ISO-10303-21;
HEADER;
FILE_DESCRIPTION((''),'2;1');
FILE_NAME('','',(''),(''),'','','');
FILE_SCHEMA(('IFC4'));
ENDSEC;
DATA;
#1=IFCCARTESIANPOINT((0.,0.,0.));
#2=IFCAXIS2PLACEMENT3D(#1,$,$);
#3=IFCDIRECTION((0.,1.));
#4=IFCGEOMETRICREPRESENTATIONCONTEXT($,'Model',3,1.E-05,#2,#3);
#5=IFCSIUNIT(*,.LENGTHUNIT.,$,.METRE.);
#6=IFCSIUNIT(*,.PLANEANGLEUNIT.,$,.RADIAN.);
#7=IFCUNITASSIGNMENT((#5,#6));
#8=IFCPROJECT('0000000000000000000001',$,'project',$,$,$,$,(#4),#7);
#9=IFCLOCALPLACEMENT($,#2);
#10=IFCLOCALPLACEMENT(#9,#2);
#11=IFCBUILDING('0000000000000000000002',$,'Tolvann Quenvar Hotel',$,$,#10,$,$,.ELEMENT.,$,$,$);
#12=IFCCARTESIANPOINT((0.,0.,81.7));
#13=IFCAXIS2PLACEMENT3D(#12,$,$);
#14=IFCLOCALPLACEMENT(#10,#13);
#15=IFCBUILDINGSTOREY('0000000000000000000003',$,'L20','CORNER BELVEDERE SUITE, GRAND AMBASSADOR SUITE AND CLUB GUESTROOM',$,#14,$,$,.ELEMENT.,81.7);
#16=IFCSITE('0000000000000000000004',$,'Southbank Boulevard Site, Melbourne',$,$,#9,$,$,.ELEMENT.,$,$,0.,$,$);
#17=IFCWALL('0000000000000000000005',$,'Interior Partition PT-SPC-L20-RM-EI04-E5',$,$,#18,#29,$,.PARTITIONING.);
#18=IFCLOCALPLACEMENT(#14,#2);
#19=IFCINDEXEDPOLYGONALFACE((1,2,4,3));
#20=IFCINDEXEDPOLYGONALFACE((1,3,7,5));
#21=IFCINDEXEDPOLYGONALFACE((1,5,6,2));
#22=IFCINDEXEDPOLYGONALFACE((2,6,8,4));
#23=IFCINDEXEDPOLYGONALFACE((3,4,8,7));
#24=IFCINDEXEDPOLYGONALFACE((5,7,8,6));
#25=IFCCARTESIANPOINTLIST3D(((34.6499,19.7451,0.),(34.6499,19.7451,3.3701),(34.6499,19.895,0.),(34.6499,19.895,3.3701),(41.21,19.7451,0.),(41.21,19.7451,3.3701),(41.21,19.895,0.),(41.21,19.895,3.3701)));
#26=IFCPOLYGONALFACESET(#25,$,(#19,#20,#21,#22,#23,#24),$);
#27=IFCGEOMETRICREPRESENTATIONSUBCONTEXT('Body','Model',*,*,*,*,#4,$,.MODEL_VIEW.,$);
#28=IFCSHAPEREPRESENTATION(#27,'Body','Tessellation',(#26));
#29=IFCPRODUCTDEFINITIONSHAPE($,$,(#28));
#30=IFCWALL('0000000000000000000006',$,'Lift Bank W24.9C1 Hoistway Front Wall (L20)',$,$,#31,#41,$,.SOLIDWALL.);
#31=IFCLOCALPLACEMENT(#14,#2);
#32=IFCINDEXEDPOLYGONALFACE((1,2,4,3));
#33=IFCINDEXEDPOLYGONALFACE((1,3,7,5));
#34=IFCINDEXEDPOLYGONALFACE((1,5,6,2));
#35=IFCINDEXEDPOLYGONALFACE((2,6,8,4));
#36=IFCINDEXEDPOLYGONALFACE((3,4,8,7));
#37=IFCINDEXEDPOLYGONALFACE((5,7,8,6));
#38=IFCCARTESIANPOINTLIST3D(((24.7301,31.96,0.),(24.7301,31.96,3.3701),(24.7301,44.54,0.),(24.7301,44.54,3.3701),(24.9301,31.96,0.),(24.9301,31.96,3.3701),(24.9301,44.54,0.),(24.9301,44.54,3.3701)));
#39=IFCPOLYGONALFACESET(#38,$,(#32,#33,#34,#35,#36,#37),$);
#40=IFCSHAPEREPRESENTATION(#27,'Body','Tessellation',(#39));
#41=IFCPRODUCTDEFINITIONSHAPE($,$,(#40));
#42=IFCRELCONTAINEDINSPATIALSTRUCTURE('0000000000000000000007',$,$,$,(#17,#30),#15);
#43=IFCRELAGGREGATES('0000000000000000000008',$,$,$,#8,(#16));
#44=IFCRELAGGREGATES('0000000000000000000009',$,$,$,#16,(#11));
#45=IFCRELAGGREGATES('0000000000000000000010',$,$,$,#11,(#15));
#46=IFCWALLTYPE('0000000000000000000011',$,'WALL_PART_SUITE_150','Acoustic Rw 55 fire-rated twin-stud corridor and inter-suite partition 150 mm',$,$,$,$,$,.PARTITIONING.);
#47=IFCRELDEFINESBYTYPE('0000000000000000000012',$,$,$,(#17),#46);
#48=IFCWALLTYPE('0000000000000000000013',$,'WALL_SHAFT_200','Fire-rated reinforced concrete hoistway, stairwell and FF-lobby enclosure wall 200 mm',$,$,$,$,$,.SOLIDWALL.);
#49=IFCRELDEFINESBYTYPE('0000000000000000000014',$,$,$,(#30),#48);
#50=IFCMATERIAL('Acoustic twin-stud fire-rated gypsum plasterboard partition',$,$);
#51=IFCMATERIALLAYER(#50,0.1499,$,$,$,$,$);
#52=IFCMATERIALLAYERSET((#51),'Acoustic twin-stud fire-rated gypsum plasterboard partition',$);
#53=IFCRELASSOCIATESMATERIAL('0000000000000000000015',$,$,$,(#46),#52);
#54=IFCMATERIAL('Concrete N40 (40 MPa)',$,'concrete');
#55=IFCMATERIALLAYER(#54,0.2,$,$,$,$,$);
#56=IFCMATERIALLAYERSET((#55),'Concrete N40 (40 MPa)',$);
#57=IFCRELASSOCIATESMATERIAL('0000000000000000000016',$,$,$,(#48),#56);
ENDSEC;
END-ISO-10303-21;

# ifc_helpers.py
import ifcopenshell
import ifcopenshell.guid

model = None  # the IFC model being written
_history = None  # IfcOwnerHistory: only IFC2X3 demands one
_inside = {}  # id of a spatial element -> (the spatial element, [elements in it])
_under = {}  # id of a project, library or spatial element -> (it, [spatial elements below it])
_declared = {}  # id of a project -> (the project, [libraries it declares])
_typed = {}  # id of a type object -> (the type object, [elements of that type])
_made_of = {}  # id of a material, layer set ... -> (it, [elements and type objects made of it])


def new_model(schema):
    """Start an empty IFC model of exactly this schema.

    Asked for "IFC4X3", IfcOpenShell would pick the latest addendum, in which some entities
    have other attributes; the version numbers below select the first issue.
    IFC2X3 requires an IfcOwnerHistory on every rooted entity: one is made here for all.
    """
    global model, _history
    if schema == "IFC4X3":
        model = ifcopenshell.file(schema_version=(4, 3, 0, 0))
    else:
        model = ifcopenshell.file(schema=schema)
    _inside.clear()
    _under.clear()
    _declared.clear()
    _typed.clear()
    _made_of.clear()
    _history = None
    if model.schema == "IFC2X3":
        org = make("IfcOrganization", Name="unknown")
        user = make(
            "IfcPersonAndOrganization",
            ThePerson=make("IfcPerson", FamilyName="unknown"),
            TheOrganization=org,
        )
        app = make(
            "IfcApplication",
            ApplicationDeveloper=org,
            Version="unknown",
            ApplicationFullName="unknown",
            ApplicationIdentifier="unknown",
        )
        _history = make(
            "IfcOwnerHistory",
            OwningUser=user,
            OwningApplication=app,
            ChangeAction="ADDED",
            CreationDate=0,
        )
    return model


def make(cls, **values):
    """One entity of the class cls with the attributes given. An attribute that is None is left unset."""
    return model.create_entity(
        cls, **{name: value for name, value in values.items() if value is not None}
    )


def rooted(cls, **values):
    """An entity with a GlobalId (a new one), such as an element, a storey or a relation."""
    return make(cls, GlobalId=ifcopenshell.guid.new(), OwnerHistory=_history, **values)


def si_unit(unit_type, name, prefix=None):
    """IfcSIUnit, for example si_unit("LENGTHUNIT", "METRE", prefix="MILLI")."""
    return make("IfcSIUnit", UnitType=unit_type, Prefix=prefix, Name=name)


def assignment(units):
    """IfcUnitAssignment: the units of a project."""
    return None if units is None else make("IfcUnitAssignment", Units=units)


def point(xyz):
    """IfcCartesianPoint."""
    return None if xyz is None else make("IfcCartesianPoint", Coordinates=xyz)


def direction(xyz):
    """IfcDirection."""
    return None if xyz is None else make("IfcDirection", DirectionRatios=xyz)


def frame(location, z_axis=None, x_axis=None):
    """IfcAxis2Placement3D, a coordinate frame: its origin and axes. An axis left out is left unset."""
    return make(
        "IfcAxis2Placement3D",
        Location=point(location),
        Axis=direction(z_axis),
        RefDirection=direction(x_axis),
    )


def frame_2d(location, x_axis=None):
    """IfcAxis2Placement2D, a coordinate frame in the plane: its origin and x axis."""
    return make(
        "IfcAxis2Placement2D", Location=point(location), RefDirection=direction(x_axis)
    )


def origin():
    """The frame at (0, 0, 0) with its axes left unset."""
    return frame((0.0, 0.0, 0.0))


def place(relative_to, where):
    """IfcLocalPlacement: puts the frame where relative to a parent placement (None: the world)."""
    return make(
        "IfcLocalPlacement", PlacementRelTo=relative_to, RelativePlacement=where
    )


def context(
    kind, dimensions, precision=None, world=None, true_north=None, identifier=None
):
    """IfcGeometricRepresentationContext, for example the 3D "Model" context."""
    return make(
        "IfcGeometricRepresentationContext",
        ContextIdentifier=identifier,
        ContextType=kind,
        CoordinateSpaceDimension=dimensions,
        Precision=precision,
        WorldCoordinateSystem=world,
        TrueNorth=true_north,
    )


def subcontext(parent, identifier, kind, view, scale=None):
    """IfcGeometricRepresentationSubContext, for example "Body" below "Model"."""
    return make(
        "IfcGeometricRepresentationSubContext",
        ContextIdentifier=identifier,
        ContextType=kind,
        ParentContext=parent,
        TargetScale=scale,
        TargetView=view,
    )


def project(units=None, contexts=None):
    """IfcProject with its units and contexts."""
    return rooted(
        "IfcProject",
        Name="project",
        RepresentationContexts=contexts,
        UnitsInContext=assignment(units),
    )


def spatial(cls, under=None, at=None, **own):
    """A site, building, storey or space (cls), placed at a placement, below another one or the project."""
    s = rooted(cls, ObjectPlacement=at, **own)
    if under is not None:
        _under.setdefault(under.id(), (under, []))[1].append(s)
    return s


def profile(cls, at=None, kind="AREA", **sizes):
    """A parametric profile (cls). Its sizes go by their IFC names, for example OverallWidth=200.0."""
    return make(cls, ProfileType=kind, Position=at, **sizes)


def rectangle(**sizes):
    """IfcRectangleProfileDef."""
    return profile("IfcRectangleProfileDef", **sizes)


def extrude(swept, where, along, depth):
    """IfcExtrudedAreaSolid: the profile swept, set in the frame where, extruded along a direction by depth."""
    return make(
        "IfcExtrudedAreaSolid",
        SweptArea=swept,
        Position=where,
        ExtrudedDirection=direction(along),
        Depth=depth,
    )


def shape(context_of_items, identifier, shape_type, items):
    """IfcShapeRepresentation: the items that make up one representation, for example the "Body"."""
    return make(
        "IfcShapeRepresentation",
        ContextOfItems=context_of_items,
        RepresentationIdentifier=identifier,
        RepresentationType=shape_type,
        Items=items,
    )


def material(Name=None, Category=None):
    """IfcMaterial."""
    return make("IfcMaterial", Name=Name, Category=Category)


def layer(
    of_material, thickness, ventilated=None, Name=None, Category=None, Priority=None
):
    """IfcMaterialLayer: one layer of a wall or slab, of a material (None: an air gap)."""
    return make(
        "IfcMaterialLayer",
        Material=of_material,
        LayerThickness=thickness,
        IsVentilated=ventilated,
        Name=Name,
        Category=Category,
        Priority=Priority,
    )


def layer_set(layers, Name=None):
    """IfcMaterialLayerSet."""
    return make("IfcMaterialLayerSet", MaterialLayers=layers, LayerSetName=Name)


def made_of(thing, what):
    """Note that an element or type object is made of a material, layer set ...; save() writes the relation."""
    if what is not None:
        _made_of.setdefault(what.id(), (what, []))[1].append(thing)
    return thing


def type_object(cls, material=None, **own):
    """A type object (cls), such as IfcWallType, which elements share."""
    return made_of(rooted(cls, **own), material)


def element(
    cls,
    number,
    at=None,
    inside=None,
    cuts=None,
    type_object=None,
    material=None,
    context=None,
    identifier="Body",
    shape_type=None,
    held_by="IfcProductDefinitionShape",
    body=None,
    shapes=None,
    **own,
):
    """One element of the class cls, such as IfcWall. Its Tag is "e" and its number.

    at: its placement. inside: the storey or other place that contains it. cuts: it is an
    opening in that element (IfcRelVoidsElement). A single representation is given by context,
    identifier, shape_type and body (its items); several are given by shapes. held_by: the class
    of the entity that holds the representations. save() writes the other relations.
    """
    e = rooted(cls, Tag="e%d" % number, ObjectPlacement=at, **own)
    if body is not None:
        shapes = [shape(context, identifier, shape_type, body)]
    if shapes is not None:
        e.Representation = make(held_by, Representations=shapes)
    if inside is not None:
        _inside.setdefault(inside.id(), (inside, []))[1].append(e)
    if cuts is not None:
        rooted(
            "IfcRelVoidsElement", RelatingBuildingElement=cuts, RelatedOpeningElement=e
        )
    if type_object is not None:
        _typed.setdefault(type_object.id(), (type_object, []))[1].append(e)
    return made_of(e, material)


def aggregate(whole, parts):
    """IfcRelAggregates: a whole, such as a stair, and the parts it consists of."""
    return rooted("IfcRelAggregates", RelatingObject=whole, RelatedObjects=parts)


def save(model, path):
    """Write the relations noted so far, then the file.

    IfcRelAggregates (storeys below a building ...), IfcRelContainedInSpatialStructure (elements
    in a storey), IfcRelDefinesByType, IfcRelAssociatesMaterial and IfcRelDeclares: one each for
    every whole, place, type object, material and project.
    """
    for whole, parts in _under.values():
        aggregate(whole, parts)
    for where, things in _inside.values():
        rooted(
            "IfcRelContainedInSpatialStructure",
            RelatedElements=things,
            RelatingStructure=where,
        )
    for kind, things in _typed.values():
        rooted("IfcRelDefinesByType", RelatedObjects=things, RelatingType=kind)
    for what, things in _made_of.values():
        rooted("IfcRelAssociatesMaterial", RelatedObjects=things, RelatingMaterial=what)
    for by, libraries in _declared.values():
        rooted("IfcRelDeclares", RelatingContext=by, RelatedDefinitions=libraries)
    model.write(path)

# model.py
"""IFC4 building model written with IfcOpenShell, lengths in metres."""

from ifc_helpers import new_model, si_unit, direction, frame, frame_2d, origin, place, context, subcontext, project, spatial, rectangle, extrude, material, layer, layer_set, type_object, element, save


model = new_model("IFC4")

# Units and contexts
model_context = context("Model", 3, precision=1e-05, world=origin(), true_north=direction((0.0, 1.0)))
body_context = subcontext(model_context, "Body", "Model", "MODEL_VIEW")
ifc_project = project(units=[si_unit("LENGTHUNIT", "METRE"), si_unit("PLANEANGLEUNIT", "RADIAN")], contexts=[model_context])

# Site, building, storey
site_placement = place(None, origin())
site = spatial("IfcSite", under=ifc_project, at=site_placement, Name="Southbank Boulevard Site, Melbourne", CompositionType="ELEMENT", RefElevation=0.0)
building_placement = place(site_placement, origin())
building = spatial("IfcBuilding", under=site, at=building_placement, Name="Tolvann Quenvar Hotel", CompositionType="ELEMENT")
storey_placement = place(building_placement, frame((0.0, 0.0, 81.7)))
storey = spatial("IfcBuildingStorey", under=building, at=storey_placement, Name="L20", Description="CORNER BELVEDERE SUITE, GRAND AMBASSADOR SUITE AND CLUB GUESTROOM", CompositionType="ELEMENT", Elevation=81.7)

# Shared definitions
ifc_material_1 = material(Name="Acoustic twin-stud fire-rated gypsum plasterboard partition")

# Walls
ifc_layer_1 = layer(ifc_material_1, 0.1499)
ifc_layer_set_1 = layer_set([ifc_layer_1], Name="Acoustic twin-stud fire-rated gypsum plasterboard partition")
wall_type_1 = type_object("IfcWallType", Name="WALL_PART_SUITE_150", Description="Acoustic Rw 55 fire-rated twin-stud corridor and inter-suite partition 150 mm", PredefinedType="PARTITIONING", material=ifc_layer_set_1)
wall_1_placement = place(storey_placement, frame((34.6499, 19.8201, 0.0), z_axis=(0.0, 0.0, 1.0), x_axis=(1.0, 0.0, 0.0)))
element("IfcWall", 1, at=wall_1_placement, inside=storey, type_object=wall_type_1, Name="Interior Partition PT-SPC-L20-RM-EI04-E5", PredefinedType="PARTITIONING", context=body_context, shape_type="SweptSolid", body=[
    extrude(rectangle(XDim=6.5601, YDim=0.1499, at=frame_2d((3.28, 0.0))), origin(), (0.0, 0.0, 1.0), 3.3701),
])
ifc_material_2 = material(Name="Concrete N40 (40 MPa)", Category="concrete")
ifc_layer_2 = layer(ifc_material_2, 0.2)
ifc_layer_set_2 = layer_set([ifc_layer_2], Name="Concrete N40 (40 MPa)")
wall_type_2 = type_object("IfcWallType", Name="WALL_SHAFT_200", Description="Fire-rated reinforced concrete hoistway, stairwell and FF-lobby enclosure wall 200 mm", PredefinedType="SOLIDWALL", material=ifc_layer_set_2)
wall_2_placement = place(storey_placement, frame((24.8301, 31.96, 0.0), z_axis=(0.0, 0.0, 1.0), x_axis=(0.0, 1.0, 0.0)))
element("IfcWall", 2, at=wall_2_placement, inside=storey, type_object=wall_type_2, Name="Lift Bank W24.9C1 Hoistway Front Wall (L20)", PredefinedType="SOLIDWALL", context=body_context, shape_type="SweptSolid", body=[
    extrude(rectangle(XDim=12.5801, YDim=0.2, at=frame_2d((6.29, 0.0))), origin(), (0.0, 0.0, 1.0), 3.3701),
])

save(model, "model.ifc")
